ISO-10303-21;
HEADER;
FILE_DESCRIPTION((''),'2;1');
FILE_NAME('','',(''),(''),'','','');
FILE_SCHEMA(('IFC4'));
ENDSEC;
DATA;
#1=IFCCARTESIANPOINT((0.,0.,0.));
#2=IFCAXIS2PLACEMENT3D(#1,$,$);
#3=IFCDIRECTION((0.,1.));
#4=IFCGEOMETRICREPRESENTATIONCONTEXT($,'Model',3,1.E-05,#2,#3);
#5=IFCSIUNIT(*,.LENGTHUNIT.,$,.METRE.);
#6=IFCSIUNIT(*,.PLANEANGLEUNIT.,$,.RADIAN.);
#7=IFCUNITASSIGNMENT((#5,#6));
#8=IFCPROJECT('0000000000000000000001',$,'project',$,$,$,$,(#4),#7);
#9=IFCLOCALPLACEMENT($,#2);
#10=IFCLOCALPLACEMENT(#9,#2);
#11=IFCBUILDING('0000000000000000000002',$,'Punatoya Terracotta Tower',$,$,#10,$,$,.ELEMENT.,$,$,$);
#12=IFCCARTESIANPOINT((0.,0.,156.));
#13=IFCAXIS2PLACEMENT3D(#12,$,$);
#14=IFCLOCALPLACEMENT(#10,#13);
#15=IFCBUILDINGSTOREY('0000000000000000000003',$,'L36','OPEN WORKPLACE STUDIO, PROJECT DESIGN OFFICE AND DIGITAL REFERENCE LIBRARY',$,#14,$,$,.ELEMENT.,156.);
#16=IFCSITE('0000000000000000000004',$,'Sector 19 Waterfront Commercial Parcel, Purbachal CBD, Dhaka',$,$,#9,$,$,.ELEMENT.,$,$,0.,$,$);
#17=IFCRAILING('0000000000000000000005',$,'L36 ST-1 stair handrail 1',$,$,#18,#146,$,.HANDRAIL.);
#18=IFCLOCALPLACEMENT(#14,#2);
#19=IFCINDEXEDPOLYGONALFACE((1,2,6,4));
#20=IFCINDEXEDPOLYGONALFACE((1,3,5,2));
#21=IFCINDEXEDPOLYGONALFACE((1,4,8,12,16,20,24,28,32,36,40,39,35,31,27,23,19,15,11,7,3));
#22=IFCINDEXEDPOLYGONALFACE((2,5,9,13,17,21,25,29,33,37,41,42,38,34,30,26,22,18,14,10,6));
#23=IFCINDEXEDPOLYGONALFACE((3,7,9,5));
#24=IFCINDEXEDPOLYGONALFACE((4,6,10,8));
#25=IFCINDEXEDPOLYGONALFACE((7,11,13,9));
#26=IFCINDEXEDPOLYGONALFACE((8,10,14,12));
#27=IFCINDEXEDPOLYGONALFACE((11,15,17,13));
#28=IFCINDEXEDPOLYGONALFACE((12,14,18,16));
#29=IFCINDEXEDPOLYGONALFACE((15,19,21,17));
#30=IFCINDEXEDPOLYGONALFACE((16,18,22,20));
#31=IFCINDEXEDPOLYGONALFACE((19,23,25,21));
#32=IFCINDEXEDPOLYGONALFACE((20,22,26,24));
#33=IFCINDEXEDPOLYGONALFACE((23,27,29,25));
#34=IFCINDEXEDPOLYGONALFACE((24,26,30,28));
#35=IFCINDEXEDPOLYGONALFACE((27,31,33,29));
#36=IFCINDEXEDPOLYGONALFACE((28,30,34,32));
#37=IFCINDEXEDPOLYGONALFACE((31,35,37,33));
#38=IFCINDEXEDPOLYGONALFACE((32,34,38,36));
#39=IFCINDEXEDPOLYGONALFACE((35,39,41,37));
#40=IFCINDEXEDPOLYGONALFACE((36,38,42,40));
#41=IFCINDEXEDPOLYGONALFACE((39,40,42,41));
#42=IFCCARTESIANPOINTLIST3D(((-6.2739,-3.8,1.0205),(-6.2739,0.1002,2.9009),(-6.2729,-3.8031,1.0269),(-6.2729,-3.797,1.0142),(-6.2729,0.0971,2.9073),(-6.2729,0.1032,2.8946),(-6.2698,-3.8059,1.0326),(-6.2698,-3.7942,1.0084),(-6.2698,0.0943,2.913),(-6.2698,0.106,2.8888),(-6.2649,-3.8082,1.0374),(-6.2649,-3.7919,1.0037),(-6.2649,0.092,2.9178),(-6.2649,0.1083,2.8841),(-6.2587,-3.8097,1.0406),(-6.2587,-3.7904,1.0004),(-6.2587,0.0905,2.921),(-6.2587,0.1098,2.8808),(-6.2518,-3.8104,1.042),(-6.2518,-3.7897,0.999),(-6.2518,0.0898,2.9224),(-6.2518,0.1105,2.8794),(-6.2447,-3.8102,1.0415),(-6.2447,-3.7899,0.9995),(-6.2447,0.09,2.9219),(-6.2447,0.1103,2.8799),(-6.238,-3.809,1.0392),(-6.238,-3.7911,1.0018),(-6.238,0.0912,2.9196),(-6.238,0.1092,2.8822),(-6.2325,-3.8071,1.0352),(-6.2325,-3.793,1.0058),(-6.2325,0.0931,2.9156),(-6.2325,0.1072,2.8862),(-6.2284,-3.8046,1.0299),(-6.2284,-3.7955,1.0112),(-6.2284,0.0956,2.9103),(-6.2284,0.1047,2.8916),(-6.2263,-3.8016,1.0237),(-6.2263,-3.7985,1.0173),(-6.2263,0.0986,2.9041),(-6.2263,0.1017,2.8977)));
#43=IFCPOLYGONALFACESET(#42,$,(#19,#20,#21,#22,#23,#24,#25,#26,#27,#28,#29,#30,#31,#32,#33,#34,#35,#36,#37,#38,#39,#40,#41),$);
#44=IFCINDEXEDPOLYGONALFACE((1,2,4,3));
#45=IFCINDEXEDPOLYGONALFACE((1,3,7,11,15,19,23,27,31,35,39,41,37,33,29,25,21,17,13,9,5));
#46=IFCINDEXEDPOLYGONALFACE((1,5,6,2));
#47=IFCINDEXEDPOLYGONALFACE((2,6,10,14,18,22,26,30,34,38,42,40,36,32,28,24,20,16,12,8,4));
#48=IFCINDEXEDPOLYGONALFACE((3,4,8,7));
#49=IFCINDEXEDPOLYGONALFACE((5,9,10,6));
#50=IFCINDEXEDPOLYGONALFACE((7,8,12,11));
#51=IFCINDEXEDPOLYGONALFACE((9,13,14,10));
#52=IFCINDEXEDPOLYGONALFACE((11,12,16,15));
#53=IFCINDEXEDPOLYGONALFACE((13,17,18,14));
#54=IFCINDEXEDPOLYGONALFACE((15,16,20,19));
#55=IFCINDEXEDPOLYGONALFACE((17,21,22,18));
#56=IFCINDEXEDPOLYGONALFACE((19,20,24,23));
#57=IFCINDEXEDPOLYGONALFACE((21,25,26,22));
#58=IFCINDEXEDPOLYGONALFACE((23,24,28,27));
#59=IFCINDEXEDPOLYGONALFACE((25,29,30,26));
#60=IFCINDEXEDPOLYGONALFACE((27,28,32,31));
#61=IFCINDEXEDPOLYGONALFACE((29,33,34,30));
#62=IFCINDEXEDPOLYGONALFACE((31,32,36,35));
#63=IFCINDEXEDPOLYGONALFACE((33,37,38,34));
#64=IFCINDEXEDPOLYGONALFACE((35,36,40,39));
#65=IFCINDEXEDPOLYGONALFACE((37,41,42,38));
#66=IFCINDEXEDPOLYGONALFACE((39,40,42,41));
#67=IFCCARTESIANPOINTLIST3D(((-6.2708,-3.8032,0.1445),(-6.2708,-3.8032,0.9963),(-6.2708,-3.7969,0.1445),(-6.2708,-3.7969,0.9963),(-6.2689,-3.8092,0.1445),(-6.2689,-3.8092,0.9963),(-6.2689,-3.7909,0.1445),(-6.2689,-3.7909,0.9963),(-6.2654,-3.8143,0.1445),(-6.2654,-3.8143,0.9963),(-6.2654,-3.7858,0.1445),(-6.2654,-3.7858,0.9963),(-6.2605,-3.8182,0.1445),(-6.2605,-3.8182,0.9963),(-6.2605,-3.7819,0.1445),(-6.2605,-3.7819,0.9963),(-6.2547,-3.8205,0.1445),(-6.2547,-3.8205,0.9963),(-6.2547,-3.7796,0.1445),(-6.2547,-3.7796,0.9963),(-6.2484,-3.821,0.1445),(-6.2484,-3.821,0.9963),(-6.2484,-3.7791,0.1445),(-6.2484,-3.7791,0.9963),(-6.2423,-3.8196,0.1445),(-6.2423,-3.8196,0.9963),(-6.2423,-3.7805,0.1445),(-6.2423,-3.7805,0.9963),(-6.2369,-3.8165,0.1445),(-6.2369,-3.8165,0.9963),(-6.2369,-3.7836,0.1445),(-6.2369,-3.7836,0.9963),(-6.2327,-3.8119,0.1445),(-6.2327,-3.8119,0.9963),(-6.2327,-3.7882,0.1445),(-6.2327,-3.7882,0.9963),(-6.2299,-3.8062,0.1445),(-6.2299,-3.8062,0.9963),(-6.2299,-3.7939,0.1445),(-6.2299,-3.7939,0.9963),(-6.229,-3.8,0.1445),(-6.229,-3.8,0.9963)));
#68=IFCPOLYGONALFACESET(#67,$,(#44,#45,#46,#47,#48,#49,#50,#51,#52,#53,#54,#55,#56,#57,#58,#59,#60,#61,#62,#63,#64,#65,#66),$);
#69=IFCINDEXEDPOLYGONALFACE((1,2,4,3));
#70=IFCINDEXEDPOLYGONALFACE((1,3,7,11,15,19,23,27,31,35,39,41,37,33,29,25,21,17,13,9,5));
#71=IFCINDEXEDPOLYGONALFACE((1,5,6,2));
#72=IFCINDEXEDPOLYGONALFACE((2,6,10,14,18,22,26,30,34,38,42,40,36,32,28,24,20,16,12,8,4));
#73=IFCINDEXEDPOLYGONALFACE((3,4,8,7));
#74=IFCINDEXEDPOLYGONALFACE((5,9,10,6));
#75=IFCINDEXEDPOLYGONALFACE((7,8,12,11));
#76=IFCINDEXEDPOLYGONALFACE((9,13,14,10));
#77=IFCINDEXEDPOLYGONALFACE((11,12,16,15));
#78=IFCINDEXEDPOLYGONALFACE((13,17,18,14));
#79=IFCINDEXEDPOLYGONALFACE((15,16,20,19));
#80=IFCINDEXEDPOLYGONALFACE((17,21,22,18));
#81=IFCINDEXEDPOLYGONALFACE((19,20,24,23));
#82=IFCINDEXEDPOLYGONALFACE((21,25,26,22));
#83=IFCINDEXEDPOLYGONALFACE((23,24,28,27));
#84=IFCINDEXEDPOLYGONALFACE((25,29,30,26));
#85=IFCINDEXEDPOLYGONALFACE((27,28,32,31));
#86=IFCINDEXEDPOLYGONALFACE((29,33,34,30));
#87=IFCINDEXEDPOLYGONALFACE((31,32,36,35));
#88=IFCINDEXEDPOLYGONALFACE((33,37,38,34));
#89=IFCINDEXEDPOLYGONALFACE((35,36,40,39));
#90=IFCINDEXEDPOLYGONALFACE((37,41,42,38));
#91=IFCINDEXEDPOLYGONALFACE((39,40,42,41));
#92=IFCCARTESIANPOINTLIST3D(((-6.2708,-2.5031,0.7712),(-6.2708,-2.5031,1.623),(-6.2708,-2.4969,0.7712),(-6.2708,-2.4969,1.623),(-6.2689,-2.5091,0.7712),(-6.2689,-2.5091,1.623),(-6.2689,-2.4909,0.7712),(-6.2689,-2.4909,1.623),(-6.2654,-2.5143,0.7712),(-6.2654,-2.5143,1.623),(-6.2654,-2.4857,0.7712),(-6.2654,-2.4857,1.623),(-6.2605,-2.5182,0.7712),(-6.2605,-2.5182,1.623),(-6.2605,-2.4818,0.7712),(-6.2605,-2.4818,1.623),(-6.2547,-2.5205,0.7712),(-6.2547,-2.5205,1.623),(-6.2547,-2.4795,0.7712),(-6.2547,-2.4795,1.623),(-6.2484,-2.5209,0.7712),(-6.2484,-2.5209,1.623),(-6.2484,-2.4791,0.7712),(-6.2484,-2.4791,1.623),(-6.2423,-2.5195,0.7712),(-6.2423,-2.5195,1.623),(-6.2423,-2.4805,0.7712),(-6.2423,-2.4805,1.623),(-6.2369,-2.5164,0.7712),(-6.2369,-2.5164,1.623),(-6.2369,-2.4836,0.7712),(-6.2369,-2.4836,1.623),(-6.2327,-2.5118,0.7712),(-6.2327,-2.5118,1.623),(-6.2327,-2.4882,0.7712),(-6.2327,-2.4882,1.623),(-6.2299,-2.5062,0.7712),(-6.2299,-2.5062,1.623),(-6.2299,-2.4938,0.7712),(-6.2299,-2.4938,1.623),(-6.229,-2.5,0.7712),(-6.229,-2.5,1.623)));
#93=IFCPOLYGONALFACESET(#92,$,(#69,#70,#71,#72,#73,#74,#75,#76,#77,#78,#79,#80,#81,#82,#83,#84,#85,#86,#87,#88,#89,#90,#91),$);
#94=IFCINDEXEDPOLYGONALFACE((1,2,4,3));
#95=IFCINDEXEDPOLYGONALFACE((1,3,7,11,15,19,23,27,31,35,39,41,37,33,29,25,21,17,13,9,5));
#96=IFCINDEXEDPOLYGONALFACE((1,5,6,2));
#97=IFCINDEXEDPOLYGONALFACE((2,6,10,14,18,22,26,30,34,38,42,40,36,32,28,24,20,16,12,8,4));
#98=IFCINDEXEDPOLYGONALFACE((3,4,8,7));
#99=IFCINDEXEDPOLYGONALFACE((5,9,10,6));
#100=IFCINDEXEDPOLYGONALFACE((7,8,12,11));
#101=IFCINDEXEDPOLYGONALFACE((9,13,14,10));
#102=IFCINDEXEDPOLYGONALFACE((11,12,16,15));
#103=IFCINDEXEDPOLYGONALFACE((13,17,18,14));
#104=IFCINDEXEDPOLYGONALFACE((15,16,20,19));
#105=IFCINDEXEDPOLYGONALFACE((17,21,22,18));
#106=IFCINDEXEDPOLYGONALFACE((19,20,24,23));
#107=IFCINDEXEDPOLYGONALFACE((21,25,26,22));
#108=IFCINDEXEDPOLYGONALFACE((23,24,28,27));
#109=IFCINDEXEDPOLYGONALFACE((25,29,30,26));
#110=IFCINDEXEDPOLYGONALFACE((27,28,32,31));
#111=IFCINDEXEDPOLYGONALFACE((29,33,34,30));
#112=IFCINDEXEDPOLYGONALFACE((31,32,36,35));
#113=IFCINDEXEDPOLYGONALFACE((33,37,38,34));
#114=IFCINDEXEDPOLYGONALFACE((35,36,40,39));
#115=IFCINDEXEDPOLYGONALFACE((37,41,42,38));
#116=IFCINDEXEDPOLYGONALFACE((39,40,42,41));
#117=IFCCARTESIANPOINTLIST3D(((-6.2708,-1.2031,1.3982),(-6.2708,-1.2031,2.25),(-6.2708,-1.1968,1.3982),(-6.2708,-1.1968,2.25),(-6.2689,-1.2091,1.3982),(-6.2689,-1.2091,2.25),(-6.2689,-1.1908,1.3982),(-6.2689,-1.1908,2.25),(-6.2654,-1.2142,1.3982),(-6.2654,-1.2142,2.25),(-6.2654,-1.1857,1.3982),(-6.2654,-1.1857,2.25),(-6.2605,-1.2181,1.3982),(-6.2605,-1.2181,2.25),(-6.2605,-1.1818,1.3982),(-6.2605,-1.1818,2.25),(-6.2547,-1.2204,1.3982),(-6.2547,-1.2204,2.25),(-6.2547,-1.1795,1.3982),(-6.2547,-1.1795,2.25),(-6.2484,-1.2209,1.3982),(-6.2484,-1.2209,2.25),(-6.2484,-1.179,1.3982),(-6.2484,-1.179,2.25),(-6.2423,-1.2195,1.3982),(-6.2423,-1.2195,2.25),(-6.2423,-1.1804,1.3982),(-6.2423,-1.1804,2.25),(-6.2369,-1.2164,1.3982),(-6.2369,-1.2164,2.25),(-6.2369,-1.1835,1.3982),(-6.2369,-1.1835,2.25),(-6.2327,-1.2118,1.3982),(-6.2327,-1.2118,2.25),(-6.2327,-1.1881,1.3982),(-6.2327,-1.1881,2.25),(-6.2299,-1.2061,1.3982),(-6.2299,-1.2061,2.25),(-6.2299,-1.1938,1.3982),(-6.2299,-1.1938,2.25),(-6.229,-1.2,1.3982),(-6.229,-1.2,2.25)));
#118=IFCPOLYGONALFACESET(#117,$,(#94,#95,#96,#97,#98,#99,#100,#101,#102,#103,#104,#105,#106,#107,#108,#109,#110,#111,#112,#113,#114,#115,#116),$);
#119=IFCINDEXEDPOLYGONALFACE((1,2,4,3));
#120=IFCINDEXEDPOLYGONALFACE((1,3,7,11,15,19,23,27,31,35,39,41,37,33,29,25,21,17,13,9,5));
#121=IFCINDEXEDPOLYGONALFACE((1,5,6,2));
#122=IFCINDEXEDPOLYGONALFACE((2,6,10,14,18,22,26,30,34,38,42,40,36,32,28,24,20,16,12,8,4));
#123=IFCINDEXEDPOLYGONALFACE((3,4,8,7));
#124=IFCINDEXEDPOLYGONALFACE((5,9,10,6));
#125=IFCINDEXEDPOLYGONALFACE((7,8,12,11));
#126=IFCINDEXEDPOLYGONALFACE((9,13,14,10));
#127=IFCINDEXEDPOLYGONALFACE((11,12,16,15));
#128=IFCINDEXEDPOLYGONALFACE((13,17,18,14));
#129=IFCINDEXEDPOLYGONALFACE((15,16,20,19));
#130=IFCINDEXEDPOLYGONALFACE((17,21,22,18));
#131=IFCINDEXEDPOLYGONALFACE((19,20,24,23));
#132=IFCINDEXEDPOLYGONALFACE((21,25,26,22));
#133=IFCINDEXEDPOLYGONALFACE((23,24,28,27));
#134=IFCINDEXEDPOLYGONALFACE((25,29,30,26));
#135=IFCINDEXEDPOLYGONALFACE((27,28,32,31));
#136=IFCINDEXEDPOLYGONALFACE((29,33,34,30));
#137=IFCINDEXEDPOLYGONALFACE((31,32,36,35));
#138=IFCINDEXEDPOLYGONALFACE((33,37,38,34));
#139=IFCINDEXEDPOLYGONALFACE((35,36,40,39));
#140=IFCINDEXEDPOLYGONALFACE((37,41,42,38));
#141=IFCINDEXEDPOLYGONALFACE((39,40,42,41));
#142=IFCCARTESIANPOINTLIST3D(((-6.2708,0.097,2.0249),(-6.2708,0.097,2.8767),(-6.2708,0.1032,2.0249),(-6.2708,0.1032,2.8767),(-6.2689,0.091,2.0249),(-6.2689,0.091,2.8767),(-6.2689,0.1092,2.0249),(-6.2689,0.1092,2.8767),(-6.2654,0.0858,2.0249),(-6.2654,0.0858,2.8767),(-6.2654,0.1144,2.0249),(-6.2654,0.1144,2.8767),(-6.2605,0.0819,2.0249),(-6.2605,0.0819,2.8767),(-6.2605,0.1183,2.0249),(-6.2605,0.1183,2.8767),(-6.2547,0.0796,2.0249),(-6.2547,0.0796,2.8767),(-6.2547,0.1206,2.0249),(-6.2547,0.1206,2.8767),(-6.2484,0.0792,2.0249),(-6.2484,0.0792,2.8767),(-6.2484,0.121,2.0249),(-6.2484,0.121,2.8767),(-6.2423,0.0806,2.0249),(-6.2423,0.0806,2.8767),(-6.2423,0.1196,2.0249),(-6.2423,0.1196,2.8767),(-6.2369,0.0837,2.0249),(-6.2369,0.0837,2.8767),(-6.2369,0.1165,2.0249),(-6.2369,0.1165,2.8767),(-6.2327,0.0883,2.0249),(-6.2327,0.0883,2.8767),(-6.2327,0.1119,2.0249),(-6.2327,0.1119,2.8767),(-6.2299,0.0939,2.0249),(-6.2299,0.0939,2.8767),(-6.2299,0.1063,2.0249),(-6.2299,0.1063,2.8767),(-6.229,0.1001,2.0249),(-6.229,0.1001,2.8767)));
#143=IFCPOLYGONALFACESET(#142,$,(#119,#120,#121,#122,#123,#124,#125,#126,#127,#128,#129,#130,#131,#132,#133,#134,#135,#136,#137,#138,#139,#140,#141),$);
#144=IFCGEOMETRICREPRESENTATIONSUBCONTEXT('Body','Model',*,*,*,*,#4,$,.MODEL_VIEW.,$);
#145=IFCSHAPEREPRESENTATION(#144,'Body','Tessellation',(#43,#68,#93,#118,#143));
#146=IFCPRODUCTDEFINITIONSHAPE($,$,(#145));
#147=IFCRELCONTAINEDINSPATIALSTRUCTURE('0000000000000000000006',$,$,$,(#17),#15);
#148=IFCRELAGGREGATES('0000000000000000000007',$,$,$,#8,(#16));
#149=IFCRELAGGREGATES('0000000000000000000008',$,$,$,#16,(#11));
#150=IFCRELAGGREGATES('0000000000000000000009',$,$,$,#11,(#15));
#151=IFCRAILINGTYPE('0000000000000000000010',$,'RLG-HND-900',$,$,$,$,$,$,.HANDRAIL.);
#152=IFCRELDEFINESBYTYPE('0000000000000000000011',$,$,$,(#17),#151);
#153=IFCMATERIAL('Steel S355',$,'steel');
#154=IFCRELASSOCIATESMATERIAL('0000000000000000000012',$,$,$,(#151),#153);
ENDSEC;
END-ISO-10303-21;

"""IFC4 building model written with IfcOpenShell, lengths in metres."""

from ifc_helpers import new_model, si_unit, direction, frame, origin, origin_2d, place, context, subcontext, project, spatial, circle, extrude, material, type_object, element, save


model = new_model("IFC4")

# Units and contexts
model_context = context("Model", 3, precision=1e-05, world=origin(), true_north=direction((0.0, 1.0)))
body_context = subcontext(model_context, "Body", "Model", "MODEL_VIEW")
ifc_project = project(units=[si_unit("LENGTHUNIT", "METRE"), si_unit("PLANEANGLEUNIT", "RADIAN")], contexts=[model_context])

# Site, building, storey
site_placement = place(None, origin())
site = spatial("IfcSite", under=ifc_project, at=site_placement, Name="Sector 19 Waterfront Commercial Parcel, Purbachal CBD, Dhaka", CompositionType="ELEMENT", RefElevation=0.0)
building_placement = place(site_placement, origin())
building = spatial("IfcBuilding", under=site, at=building_placement, Name="Punatoya Terracotta Tower", CompositionType="ELEMENT")
storey_placement = place(building_placement, frame((0.0, 0.0, 156.0)))
storey = spatial("IfcBuildingStorey", under=building, at=storey_placement, Name="L36", Description="OPEN WORKPLACE STUDIO, PROJECT DESIGN OFFICE AND DIGITAL REFERENCE LIBRARY", CompositionType="ELEMENT", Elevation=156.0)

# Shared definitions
ifc_material_1 = material(Name="Steel S355", Category="steel")

# Railing
railing_type_1 = type_object("IfcRailingType", Name="RLG-HND-900", PredefinedType="HANDRAIL", material=ifc_material_1)
railing_1_placement = place(storey_placement, frame((-6.25, -3.8, 0.1445)))
element("IfcRailing", 1, at=railing_1_placement, inside=storey, type_object=railing_type_1, Name="L36 ST-1 stair handrail 1", PredefinedType="HANDRAIL", context=body_context, shape_type="SweptSolid", body=[
    extrude(circle(Radius=0.0239, at=origin_2d()), frame((0.0, 0.0, 0.876), z_axis=(0.0, 0.900774, 0.434289), x_axis=(-1.0, 0.0, 0.0)), (0.0, 0.0, 1.0), 4.3298),
    extrude(circle(Radius=0.021, at=origin_2d()), origin(), (0.0, 0.0, 1.0), 0.8518),
    extrude(circle(Radius=0.021, at=origin_2d()), frame((0.0, 1.3, 0.6267)), (0.0, 0.0, 1.0), 0.8518),
    extrude(circle(Radius=0.021, at=origin_2d()), frame((0.0, 2.6001, 1.2537)), (0.0, 0.0, 1.0), 0.8518),
    extrude(circle(Radius=0.021, at=origin_2d()), frame((0.0, 3.9001, 1.8804)), (0.0, 0.0, 1.0), 0.8518),
])

save(model, "model.ifc")
